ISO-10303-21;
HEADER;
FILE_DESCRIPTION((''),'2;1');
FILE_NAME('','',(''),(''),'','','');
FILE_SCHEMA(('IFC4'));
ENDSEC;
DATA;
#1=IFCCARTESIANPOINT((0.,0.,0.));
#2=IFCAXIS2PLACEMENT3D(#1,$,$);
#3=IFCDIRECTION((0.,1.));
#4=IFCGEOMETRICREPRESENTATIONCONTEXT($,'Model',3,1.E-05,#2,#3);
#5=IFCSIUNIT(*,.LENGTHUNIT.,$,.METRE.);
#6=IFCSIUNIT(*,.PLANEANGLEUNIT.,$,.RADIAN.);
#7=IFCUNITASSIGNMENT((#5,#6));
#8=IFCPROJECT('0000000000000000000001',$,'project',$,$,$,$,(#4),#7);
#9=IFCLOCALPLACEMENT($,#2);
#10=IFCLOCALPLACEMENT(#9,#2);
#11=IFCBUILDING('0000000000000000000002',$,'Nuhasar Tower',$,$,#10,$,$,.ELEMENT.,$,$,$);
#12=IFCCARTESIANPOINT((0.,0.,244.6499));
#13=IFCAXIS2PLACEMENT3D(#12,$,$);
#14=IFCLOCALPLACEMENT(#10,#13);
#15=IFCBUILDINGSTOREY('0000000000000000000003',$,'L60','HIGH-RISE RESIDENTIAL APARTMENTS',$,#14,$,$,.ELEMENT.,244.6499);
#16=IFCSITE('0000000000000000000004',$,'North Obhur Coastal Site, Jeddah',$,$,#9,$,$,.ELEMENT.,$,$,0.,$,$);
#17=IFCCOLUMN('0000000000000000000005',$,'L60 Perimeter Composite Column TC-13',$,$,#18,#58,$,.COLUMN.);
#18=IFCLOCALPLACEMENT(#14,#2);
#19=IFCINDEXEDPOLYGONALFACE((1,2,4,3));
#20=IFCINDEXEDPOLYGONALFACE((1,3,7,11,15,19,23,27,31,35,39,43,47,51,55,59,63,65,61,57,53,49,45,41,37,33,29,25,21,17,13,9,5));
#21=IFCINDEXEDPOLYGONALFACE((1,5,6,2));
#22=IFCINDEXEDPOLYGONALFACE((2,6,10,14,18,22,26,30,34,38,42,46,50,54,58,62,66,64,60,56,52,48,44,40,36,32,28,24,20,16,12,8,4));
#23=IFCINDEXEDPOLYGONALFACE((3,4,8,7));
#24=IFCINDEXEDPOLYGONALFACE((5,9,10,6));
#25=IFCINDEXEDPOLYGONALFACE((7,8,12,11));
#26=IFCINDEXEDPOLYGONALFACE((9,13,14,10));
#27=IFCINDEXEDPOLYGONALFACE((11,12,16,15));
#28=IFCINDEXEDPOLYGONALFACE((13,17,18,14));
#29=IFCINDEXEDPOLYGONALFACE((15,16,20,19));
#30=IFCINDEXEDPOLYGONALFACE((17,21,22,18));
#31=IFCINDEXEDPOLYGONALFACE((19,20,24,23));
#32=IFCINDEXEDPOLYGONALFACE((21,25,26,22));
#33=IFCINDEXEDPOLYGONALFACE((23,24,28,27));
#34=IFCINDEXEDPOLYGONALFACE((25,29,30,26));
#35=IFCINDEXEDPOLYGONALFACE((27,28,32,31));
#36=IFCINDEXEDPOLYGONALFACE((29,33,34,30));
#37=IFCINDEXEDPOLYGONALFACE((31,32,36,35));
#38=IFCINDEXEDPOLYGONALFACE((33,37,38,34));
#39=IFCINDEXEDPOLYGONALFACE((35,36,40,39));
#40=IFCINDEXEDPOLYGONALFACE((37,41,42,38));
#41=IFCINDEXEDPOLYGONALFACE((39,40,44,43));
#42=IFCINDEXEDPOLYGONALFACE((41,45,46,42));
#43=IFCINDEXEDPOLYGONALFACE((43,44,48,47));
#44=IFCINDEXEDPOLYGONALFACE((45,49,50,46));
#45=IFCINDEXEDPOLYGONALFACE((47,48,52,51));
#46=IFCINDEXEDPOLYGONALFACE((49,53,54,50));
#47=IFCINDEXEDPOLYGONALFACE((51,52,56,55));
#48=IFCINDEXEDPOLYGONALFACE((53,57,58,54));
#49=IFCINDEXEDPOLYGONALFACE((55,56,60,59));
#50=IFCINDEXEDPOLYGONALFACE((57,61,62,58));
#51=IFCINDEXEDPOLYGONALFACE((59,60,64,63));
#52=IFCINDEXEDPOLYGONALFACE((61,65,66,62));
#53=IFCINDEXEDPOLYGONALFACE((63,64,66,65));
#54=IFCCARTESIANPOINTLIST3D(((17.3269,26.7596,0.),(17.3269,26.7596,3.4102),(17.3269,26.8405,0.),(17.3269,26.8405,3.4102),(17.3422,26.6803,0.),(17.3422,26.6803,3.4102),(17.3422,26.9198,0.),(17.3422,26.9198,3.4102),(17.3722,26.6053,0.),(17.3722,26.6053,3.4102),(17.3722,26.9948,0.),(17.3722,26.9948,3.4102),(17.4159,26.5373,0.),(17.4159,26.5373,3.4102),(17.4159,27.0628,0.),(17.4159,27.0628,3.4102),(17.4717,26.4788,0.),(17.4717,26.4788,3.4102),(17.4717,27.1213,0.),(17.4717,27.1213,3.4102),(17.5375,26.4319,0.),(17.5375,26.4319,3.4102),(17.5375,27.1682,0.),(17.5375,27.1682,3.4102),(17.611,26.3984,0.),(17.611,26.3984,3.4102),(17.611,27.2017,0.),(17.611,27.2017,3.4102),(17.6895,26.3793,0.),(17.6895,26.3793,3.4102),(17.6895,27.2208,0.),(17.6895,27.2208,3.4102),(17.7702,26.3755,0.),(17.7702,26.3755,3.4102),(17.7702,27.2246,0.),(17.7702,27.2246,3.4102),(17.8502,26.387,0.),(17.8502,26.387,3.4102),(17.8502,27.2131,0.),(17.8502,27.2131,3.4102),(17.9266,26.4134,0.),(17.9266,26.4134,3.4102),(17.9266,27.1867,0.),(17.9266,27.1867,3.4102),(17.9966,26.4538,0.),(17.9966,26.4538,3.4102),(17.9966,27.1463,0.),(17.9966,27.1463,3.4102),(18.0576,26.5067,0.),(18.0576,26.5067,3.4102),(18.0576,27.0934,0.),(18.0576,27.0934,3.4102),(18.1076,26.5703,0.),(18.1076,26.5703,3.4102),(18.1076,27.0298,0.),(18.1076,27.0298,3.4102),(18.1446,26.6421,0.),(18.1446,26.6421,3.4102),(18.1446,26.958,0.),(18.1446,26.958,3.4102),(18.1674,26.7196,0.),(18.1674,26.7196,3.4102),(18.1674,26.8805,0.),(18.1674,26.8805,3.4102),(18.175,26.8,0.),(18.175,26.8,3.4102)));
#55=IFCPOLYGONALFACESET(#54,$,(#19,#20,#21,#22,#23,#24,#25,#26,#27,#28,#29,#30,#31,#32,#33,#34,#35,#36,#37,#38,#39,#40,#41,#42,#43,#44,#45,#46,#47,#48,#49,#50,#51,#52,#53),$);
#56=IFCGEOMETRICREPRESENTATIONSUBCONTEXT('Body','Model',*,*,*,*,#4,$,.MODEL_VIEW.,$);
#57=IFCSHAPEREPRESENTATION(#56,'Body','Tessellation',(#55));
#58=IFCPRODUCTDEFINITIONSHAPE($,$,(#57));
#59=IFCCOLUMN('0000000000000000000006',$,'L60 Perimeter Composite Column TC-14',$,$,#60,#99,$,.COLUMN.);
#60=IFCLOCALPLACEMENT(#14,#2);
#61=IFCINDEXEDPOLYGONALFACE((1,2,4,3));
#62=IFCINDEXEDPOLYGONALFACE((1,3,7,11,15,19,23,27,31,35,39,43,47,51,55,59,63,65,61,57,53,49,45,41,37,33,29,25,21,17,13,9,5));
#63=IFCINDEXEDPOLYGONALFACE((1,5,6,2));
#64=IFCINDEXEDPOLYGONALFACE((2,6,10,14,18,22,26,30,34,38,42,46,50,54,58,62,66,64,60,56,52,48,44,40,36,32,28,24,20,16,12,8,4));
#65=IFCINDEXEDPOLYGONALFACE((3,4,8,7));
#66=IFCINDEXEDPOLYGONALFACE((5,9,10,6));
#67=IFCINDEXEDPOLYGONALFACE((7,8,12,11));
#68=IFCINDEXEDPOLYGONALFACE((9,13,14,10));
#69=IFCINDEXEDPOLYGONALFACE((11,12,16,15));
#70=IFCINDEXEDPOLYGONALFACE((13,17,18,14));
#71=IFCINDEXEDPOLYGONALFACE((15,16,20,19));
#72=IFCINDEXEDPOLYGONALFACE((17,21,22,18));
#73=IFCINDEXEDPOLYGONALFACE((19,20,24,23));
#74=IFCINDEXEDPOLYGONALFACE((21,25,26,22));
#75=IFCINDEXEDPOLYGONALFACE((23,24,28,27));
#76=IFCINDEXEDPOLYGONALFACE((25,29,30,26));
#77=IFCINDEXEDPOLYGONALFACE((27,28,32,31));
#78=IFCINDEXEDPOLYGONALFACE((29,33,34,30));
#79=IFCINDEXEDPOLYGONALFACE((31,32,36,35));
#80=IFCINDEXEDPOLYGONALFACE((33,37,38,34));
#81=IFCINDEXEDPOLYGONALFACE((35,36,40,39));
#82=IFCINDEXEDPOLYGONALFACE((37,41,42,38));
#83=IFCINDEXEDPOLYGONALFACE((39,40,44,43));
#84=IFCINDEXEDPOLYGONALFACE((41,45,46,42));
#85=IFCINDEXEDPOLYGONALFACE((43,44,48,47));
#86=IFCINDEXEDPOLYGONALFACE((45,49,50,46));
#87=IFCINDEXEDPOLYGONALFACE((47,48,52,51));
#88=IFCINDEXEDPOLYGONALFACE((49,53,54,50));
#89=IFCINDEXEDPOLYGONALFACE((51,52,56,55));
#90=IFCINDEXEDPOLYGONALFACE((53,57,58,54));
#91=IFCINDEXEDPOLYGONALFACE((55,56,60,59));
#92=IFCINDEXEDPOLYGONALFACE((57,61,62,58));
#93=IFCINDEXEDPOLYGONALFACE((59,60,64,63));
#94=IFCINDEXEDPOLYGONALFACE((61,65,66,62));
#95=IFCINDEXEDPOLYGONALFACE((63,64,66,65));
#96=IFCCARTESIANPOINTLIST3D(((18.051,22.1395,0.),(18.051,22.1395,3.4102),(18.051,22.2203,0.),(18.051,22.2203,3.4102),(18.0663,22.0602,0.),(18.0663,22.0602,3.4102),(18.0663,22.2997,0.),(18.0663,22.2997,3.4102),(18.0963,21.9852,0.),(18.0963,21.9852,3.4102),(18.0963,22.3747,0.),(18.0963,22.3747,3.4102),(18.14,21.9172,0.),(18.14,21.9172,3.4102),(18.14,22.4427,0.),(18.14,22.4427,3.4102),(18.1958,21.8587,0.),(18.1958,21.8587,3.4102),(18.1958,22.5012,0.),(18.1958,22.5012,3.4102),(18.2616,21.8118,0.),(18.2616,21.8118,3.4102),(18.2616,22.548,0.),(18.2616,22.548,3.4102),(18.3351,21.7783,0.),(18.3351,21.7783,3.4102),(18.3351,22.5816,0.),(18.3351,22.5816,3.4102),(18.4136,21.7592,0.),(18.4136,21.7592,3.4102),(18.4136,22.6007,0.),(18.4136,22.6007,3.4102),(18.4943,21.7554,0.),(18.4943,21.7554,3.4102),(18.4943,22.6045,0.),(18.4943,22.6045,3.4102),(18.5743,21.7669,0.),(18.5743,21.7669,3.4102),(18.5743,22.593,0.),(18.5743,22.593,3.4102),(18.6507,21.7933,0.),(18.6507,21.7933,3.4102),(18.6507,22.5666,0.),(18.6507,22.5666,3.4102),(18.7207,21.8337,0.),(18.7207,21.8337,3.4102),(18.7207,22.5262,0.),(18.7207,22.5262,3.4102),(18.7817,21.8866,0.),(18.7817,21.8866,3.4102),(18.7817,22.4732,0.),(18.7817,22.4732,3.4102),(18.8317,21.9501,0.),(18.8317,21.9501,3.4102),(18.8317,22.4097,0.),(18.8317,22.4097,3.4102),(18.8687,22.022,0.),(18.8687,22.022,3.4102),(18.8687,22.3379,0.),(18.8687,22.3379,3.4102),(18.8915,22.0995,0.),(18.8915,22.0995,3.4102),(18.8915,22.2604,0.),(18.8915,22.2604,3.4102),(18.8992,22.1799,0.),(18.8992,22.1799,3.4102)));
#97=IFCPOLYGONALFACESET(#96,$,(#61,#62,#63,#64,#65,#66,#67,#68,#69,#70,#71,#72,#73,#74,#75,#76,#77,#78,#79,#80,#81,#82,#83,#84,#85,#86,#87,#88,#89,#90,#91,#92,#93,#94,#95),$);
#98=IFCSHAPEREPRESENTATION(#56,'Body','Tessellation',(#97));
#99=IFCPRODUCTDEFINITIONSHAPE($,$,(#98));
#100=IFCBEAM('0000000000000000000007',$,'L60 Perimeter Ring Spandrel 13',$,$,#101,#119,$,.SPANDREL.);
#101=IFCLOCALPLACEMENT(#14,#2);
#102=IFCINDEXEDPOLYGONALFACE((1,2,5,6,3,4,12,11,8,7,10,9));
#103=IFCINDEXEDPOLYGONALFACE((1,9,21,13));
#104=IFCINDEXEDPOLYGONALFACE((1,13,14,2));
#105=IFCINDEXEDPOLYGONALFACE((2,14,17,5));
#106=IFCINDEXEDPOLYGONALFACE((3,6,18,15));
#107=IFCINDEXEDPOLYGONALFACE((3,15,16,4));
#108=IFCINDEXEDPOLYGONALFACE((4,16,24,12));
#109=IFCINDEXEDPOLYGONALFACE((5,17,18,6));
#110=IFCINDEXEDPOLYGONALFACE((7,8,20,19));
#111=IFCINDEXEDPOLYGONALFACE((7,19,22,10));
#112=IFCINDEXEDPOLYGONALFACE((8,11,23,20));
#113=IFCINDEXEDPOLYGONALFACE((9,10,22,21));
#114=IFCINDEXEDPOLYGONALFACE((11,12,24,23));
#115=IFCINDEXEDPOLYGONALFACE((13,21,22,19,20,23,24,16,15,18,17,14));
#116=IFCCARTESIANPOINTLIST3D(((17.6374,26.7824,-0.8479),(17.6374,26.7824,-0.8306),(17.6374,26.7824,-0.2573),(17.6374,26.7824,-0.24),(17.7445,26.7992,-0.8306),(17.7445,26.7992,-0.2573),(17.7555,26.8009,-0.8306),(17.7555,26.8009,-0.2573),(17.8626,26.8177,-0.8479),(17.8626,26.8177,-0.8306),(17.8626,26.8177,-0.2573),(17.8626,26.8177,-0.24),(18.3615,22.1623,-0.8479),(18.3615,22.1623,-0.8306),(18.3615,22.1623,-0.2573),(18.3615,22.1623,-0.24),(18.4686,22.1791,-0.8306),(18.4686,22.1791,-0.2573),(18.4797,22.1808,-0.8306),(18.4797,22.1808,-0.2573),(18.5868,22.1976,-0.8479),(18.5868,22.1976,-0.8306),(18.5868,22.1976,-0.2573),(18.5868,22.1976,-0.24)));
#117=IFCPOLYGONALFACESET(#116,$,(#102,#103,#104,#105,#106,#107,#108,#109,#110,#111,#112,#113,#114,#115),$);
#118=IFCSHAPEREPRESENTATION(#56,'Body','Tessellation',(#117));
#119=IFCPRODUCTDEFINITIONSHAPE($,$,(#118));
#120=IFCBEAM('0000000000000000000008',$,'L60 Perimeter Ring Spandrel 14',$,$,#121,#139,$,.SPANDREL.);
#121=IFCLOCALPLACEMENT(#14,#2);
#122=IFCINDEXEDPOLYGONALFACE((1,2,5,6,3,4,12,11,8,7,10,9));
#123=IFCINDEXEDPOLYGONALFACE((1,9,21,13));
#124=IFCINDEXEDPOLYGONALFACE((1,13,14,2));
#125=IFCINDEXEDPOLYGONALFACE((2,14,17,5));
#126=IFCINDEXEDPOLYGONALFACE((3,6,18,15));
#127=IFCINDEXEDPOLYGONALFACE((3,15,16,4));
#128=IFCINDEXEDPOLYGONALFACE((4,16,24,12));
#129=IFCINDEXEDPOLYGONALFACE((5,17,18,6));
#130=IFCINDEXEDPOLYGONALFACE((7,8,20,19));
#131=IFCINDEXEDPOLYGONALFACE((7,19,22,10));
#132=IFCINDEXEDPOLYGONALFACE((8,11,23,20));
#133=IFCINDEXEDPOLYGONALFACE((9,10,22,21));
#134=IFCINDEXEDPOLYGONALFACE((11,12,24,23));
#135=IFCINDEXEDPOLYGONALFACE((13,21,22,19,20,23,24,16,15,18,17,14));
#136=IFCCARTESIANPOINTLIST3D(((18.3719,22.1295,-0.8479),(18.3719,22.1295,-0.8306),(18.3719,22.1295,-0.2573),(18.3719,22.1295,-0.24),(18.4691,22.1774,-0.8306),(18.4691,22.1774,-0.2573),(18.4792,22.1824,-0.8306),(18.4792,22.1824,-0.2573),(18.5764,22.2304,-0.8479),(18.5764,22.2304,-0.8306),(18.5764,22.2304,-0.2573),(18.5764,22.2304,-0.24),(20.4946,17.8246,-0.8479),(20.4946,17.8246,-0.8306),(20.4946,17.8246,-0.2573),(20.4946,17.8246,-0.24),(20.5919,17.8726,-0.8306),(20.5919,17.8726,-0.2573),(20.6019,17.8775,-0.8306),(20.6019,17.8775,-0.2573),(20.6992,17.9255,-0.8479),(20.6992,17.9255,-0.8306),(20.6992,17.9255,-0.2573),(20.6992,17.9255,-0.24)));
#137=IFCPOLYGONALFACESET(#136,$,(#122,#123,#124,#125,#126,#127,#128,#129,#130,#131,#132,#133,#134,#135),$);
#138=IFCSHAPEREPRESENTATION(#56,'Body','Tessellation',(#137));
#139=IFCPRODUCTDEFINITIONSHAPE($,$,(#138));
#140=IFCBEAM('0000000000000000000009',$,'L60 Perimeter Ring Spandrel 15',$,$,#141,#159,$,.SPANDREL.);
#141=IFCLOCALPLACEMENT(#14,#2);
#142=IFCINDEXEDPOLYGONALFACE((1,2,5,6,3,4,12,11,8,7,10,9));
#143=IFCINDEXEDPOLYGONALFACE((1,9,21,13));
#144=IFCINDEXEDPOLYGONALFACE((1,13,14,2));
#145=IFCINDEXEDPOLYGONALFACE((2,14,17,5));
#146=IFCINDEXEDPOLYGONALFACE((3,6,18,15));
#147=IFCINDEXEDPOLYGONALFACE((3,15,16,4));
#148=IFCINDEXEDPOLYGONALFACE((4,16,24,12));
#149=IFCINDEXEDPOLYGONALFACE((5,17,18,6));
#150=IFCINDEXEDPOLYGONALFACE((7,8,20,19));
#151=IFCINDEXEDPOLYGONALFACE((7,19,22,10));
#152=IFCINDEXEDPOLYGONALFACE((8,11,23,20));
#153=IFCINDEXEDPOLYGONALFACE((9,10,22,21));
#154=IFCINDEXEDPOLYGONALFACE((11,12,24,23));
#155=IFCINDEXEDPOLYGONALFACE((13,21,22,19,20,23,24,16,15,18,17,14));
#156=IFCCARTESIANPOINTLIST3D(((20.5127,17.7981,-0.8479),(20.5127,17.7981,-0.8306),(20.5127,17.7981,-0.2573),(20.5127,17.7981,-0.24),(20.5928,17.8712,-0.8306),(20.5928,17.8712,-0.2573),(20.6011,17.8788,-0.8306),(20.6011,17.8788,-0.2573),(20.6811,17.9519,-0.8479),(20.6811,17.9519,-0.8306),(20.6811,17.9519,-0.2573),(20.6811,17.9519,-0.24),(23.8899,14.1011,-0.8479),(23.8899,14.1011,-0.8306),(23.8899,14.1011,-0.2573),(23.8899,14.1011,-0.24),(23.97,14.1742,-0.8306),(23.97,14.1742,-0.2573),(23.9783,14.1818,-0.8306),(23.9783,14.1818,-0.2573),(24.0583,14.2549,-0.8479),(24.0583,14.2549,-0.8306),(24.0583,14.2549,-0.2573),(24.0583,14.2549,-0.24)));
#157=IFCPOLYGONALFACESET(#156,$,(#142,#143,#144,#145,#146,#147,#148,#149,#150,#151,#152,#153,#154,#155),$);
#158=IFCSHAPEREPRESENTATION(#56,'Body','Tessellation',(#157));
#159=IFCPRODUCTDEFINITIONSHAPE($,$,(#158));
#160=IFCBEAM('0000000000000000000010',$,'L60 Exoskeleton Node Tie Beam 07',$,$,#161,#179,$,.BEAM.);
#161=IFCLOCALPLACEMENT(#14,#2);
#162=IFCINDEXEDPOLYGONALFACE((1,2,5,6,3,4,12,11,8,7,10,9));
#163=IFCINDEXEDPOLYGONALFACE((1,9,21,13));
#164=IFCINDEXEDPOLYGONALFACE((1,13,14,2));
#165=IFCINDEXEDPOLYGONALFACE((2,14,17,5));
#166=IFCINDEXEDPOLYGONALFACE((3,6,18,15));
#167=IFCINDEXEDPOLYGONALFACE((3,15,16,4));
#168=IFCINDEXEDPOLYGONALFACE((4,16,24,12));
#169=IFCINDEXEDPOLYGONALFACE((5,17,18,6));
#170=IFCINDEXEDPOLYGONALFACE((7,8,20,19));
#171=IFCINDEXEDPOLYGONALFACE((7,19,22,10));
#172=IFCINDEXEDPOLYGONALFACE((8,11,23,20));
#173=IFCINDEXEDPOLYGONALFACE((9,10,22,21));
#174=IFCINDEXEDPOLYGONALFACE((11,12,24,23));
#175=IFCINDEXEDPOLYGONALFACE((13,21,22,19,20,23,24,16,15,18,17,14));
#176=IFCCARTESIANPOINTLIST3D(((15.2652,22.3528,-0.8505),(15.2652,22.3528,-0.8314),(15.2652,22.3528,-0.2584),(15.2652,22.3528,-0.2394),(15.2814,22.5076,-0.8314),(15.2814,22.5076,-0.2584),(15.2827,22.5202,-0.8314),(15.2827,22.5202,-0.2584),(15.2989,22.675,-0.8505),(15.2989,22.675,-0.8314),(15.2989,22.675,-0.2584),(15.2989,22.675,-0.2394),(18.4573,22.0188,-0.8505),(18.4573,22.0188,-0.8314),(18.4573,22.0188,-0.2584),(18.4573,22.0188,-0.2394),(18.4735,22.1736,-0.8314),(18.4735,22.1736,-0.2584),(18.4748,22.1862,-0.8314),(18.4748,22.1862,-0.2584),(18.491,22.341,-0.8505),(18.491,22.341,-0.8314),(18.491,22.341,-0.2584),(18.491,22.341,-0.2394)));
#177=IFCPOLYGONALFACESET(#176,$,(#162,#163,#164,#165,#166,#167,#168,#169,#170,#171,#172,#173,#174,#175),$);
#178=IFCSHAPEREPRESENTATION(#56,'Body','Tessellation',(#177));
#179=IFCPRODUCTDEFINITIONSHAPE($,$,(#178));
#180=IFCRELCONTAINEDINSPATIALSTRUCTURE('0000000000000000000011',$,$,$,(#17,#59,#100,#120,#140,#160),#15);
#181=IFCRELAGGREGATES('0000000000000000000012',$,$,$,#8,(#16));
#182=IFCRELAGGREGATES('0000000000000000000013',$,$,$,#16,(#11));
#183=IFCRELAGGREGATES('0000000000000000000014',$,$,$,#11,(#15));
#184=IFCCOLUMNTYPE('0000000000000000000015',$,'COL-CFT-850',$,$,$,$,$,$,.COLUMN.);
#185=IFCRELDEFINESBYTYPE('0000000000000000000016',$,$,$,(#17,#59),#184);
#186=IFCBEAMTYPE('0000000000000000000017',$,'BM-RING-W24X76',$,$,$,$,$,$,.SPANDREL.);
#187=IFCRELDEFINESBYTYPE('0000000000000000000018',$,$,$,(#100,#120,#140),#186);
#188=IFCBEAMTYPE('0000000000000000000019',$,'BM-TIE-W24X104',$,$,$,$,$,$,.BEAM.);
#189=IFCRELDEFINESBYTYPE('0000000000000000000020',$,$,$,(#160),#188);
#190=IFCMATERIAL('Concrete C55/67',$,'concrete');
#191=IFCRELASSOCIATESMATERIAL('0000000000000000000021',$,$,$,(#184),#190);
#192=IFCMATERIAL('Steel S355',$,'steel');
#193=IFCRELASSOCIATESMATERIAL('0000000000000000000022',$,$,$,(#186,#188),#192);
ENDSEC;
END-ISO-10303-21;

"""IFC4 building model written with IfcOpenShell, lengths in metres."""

from ifc_helpers import new_model, si_unit, direction, frame, origin, origin_2d, place, context, subcontext, project, spatial, circle, i_section, extrude, material, material_profile, profile_set, type_object, element, save


model = new_model("IFC4")

# Units and contexts
model_context = context("Model", 3, precision=1e-05, world=origin(), true_north=direction((0.0, 1.0)))
body_context = subcontext(model_context, "Body", "Model", "MODEL_VIEW")
ifc_project = project(units=[si_unit("LENGTHUNIT", "METRE"), si_unit("PLANEANGLEUNIT", "RADIAN")], contexts=[model_context])

# Site, building, storey
site_placement = place(None, origin())
site = spatial("IfcSite", under=ifc_project, at=site_placement, Name="North Obhur Coastal Site, Jeddah", CompositionType="ELEMENT", RefElevation=0.0)
building_placement = place(site_placement, origin())
building = spatial("IfcBuilding", under=site, at=building_placement, Name="Nuhasar Tower", CompositionType="ELEMENT")
storey_placement = place(building_placement, frame((0.0, 0.0, 244.6499)))
storey = spatial("IfcBuildingStorey", under=building, at=storey_placement, Name="L60", Description="HIGH-RISE RESIDENTIAL APARTMENTS", CompositionType="ELEMENT", Elevation=244.6499)

# Columns
ifc_material_1 = material(Name="Concrete C55/67", Category="concrete")
ifc_material_profile_1 = material_profile(ifc_material_1, circle(Radius=0.425, at=origin_2d()), Name="CFT850")
ifc_profile_set_1 = profile_set([ifc_material_profile_1], Name="Concrete C55/67")
column_type = type_object("IfcColumnType", Name="COL-CFT-850", PredefinedType="COLUMN", material=ifc_profile_set_1)
for number, where, z_axis, x_axis, name in (
    (1, (17.75, 26.8, 0.0), (0.0, 0.0, 1.0), (1.0, 0.0, 0.0), "L60 Perimeter Composite Column TC-13"),
    (2, (18.4741, 22.1799, 0.0), (0.0, 0.0, 1.0), (1.0, 0.0, 0.0), "L60 Perimeter Composite Column TC-14"),
):
    element("IfcColumn", number, at=place(storey_placement, frame(where, z_axis=z_axis, x_axis=x_axis)), inside=storey, type_object=column_type, Name=name, PredefinedType="COLUMN", context=body_context, shape_type="SweptSolid", body=[
        extrude(circle(Radius=0.425, at=origin_2d()), origin(), (0.0, 0.0, 1.0), 3.4102),
    ])

# Beams
ifc_material_2 = material(Name="Steel S355", Category="steel")
ifc_material_profile_2 = material_profile(ifc_material_2, i_section(OverallWidth=0.228, OverallDepth=0.6079, WebThickness=0.0112, FlangeThickness=0.0173, at=origin_2d()), Name="W24X76")
ifc_profile_set_2 = profile_set([ifc_material_profile_2], Name="Steel S355")
beam_type_1 = type_object("IfcBeamType", Name="BM-RING-W24X76", PredefinedType="SPANDREL", material=ifc_profile_set_2)
beam_1_placement = place(storey_placement, frame((17.75, 26.8, -0.5439), z_axis=(0.154842, -0.987939, 0.0), x_axis=(0.987939, 0.154842, 0.0)))
element("IfcBeam", 3, at=beam_1_placement, inside=storey, type_object=beam_type_1, Name="L60 Perimeter Ring Spandrel 13", PredefinedType="SPANDREL", context=body_context, shape_type="SweptSolid", body=[
    extrude(i_section(OverallWidth=0.228, OverallDepth=0.6079, WebThickness=0.0112, FlangeThickness=0.0173, at=origin_2d()), origin(), (0.0, 0.0, 1.0), 4.6765),
])
beam_2_placement = place(storey_placement, frame((18.4741, 22.1799, -0.5439), z_axis=(0.442263, -0.896886, 0.0), x_axis=(0.896886, 0.442263, 0.0)))
element("IfcBeam", 4, at=beam_2_placement, inside=storey, type_object=beam_type_1, Name="L60 Perimeter Ring Spandrel 14", PredefinedType="SPANDREL", context=body_context, shape_type="SweptSolid", body=[
    extrude(i_section(OverallWidth=0.228, OverallDepth=0.6079, WebThickness=0.0112, FlangeThickness=0.0173, at=origin_2d()), origin(), (0.0, 0.0, 1.0), 4.7998),
])
beam_3_placement = place(storey_placement, frame((20.5969, 17.875, -0.5439), z_axis=(0.67445, -0.738321, 0.0), x_axis=(0.738321, 0.67445, 0.0)))
element("IfcBeam", 5, at=beam_3_placement, inside=storey, type_object=beam_type_1, Name="L60 Perimeter Ring Spandrel 15", PredefinedType="SPANDREL", context=body_context, shape_type="SweptSolid", body=[
    extrude(i_section(OverallWidth=0.228, OverallDepth=0.6079, WebThickness=0.0112, FlangeThickness=0.0173, at=origin_2d()), origin(), (0.0, 0.0, 1.0), 5.0073),
])
ifc_material_profile_3 = material_profile(ifc_material_2, i_section(OverallWidth=0.324, OverallDepth=0.6111, WebThickness=0.0127, FlangeThickness=0.019, at=origin_2d()), Name="W24X104")
ifc_profile_set_3 = profile_set([ifc_material_profile_3], Name="Steel S355")
beam_type_2 = type_object("IfcBeamType", Name="BM-TIE-W24X104", PredefinedType="BEAM", material=ifc_profile_set_3)
beam_4_placement = place(storey_placement, frame((18.4741, 22.1799, -0.5449), z_axis=(-0.994571, 0.104059, 0.0), x_axis=(-0.104059, -0.994571, 0.0)))
element("IfcBeam", 6, at=beam_4_placement, inside=storey, type_object=beam_type_2, Name="L60 Exoskeleton Node Tie Beam 07", PredefinedType="BEAM", context=body_context, shape_type="SweptSolid", body=[
    extrude(i_section(OverallWidth=0.324, OverallDepth=0.6111, WebThickness=0.0127, FlangeThickness=0.019, at=origin_2d()), origin(), (0.0, 0.0, 1.0), 3.2095),
])

save(model, "model.ifc")
